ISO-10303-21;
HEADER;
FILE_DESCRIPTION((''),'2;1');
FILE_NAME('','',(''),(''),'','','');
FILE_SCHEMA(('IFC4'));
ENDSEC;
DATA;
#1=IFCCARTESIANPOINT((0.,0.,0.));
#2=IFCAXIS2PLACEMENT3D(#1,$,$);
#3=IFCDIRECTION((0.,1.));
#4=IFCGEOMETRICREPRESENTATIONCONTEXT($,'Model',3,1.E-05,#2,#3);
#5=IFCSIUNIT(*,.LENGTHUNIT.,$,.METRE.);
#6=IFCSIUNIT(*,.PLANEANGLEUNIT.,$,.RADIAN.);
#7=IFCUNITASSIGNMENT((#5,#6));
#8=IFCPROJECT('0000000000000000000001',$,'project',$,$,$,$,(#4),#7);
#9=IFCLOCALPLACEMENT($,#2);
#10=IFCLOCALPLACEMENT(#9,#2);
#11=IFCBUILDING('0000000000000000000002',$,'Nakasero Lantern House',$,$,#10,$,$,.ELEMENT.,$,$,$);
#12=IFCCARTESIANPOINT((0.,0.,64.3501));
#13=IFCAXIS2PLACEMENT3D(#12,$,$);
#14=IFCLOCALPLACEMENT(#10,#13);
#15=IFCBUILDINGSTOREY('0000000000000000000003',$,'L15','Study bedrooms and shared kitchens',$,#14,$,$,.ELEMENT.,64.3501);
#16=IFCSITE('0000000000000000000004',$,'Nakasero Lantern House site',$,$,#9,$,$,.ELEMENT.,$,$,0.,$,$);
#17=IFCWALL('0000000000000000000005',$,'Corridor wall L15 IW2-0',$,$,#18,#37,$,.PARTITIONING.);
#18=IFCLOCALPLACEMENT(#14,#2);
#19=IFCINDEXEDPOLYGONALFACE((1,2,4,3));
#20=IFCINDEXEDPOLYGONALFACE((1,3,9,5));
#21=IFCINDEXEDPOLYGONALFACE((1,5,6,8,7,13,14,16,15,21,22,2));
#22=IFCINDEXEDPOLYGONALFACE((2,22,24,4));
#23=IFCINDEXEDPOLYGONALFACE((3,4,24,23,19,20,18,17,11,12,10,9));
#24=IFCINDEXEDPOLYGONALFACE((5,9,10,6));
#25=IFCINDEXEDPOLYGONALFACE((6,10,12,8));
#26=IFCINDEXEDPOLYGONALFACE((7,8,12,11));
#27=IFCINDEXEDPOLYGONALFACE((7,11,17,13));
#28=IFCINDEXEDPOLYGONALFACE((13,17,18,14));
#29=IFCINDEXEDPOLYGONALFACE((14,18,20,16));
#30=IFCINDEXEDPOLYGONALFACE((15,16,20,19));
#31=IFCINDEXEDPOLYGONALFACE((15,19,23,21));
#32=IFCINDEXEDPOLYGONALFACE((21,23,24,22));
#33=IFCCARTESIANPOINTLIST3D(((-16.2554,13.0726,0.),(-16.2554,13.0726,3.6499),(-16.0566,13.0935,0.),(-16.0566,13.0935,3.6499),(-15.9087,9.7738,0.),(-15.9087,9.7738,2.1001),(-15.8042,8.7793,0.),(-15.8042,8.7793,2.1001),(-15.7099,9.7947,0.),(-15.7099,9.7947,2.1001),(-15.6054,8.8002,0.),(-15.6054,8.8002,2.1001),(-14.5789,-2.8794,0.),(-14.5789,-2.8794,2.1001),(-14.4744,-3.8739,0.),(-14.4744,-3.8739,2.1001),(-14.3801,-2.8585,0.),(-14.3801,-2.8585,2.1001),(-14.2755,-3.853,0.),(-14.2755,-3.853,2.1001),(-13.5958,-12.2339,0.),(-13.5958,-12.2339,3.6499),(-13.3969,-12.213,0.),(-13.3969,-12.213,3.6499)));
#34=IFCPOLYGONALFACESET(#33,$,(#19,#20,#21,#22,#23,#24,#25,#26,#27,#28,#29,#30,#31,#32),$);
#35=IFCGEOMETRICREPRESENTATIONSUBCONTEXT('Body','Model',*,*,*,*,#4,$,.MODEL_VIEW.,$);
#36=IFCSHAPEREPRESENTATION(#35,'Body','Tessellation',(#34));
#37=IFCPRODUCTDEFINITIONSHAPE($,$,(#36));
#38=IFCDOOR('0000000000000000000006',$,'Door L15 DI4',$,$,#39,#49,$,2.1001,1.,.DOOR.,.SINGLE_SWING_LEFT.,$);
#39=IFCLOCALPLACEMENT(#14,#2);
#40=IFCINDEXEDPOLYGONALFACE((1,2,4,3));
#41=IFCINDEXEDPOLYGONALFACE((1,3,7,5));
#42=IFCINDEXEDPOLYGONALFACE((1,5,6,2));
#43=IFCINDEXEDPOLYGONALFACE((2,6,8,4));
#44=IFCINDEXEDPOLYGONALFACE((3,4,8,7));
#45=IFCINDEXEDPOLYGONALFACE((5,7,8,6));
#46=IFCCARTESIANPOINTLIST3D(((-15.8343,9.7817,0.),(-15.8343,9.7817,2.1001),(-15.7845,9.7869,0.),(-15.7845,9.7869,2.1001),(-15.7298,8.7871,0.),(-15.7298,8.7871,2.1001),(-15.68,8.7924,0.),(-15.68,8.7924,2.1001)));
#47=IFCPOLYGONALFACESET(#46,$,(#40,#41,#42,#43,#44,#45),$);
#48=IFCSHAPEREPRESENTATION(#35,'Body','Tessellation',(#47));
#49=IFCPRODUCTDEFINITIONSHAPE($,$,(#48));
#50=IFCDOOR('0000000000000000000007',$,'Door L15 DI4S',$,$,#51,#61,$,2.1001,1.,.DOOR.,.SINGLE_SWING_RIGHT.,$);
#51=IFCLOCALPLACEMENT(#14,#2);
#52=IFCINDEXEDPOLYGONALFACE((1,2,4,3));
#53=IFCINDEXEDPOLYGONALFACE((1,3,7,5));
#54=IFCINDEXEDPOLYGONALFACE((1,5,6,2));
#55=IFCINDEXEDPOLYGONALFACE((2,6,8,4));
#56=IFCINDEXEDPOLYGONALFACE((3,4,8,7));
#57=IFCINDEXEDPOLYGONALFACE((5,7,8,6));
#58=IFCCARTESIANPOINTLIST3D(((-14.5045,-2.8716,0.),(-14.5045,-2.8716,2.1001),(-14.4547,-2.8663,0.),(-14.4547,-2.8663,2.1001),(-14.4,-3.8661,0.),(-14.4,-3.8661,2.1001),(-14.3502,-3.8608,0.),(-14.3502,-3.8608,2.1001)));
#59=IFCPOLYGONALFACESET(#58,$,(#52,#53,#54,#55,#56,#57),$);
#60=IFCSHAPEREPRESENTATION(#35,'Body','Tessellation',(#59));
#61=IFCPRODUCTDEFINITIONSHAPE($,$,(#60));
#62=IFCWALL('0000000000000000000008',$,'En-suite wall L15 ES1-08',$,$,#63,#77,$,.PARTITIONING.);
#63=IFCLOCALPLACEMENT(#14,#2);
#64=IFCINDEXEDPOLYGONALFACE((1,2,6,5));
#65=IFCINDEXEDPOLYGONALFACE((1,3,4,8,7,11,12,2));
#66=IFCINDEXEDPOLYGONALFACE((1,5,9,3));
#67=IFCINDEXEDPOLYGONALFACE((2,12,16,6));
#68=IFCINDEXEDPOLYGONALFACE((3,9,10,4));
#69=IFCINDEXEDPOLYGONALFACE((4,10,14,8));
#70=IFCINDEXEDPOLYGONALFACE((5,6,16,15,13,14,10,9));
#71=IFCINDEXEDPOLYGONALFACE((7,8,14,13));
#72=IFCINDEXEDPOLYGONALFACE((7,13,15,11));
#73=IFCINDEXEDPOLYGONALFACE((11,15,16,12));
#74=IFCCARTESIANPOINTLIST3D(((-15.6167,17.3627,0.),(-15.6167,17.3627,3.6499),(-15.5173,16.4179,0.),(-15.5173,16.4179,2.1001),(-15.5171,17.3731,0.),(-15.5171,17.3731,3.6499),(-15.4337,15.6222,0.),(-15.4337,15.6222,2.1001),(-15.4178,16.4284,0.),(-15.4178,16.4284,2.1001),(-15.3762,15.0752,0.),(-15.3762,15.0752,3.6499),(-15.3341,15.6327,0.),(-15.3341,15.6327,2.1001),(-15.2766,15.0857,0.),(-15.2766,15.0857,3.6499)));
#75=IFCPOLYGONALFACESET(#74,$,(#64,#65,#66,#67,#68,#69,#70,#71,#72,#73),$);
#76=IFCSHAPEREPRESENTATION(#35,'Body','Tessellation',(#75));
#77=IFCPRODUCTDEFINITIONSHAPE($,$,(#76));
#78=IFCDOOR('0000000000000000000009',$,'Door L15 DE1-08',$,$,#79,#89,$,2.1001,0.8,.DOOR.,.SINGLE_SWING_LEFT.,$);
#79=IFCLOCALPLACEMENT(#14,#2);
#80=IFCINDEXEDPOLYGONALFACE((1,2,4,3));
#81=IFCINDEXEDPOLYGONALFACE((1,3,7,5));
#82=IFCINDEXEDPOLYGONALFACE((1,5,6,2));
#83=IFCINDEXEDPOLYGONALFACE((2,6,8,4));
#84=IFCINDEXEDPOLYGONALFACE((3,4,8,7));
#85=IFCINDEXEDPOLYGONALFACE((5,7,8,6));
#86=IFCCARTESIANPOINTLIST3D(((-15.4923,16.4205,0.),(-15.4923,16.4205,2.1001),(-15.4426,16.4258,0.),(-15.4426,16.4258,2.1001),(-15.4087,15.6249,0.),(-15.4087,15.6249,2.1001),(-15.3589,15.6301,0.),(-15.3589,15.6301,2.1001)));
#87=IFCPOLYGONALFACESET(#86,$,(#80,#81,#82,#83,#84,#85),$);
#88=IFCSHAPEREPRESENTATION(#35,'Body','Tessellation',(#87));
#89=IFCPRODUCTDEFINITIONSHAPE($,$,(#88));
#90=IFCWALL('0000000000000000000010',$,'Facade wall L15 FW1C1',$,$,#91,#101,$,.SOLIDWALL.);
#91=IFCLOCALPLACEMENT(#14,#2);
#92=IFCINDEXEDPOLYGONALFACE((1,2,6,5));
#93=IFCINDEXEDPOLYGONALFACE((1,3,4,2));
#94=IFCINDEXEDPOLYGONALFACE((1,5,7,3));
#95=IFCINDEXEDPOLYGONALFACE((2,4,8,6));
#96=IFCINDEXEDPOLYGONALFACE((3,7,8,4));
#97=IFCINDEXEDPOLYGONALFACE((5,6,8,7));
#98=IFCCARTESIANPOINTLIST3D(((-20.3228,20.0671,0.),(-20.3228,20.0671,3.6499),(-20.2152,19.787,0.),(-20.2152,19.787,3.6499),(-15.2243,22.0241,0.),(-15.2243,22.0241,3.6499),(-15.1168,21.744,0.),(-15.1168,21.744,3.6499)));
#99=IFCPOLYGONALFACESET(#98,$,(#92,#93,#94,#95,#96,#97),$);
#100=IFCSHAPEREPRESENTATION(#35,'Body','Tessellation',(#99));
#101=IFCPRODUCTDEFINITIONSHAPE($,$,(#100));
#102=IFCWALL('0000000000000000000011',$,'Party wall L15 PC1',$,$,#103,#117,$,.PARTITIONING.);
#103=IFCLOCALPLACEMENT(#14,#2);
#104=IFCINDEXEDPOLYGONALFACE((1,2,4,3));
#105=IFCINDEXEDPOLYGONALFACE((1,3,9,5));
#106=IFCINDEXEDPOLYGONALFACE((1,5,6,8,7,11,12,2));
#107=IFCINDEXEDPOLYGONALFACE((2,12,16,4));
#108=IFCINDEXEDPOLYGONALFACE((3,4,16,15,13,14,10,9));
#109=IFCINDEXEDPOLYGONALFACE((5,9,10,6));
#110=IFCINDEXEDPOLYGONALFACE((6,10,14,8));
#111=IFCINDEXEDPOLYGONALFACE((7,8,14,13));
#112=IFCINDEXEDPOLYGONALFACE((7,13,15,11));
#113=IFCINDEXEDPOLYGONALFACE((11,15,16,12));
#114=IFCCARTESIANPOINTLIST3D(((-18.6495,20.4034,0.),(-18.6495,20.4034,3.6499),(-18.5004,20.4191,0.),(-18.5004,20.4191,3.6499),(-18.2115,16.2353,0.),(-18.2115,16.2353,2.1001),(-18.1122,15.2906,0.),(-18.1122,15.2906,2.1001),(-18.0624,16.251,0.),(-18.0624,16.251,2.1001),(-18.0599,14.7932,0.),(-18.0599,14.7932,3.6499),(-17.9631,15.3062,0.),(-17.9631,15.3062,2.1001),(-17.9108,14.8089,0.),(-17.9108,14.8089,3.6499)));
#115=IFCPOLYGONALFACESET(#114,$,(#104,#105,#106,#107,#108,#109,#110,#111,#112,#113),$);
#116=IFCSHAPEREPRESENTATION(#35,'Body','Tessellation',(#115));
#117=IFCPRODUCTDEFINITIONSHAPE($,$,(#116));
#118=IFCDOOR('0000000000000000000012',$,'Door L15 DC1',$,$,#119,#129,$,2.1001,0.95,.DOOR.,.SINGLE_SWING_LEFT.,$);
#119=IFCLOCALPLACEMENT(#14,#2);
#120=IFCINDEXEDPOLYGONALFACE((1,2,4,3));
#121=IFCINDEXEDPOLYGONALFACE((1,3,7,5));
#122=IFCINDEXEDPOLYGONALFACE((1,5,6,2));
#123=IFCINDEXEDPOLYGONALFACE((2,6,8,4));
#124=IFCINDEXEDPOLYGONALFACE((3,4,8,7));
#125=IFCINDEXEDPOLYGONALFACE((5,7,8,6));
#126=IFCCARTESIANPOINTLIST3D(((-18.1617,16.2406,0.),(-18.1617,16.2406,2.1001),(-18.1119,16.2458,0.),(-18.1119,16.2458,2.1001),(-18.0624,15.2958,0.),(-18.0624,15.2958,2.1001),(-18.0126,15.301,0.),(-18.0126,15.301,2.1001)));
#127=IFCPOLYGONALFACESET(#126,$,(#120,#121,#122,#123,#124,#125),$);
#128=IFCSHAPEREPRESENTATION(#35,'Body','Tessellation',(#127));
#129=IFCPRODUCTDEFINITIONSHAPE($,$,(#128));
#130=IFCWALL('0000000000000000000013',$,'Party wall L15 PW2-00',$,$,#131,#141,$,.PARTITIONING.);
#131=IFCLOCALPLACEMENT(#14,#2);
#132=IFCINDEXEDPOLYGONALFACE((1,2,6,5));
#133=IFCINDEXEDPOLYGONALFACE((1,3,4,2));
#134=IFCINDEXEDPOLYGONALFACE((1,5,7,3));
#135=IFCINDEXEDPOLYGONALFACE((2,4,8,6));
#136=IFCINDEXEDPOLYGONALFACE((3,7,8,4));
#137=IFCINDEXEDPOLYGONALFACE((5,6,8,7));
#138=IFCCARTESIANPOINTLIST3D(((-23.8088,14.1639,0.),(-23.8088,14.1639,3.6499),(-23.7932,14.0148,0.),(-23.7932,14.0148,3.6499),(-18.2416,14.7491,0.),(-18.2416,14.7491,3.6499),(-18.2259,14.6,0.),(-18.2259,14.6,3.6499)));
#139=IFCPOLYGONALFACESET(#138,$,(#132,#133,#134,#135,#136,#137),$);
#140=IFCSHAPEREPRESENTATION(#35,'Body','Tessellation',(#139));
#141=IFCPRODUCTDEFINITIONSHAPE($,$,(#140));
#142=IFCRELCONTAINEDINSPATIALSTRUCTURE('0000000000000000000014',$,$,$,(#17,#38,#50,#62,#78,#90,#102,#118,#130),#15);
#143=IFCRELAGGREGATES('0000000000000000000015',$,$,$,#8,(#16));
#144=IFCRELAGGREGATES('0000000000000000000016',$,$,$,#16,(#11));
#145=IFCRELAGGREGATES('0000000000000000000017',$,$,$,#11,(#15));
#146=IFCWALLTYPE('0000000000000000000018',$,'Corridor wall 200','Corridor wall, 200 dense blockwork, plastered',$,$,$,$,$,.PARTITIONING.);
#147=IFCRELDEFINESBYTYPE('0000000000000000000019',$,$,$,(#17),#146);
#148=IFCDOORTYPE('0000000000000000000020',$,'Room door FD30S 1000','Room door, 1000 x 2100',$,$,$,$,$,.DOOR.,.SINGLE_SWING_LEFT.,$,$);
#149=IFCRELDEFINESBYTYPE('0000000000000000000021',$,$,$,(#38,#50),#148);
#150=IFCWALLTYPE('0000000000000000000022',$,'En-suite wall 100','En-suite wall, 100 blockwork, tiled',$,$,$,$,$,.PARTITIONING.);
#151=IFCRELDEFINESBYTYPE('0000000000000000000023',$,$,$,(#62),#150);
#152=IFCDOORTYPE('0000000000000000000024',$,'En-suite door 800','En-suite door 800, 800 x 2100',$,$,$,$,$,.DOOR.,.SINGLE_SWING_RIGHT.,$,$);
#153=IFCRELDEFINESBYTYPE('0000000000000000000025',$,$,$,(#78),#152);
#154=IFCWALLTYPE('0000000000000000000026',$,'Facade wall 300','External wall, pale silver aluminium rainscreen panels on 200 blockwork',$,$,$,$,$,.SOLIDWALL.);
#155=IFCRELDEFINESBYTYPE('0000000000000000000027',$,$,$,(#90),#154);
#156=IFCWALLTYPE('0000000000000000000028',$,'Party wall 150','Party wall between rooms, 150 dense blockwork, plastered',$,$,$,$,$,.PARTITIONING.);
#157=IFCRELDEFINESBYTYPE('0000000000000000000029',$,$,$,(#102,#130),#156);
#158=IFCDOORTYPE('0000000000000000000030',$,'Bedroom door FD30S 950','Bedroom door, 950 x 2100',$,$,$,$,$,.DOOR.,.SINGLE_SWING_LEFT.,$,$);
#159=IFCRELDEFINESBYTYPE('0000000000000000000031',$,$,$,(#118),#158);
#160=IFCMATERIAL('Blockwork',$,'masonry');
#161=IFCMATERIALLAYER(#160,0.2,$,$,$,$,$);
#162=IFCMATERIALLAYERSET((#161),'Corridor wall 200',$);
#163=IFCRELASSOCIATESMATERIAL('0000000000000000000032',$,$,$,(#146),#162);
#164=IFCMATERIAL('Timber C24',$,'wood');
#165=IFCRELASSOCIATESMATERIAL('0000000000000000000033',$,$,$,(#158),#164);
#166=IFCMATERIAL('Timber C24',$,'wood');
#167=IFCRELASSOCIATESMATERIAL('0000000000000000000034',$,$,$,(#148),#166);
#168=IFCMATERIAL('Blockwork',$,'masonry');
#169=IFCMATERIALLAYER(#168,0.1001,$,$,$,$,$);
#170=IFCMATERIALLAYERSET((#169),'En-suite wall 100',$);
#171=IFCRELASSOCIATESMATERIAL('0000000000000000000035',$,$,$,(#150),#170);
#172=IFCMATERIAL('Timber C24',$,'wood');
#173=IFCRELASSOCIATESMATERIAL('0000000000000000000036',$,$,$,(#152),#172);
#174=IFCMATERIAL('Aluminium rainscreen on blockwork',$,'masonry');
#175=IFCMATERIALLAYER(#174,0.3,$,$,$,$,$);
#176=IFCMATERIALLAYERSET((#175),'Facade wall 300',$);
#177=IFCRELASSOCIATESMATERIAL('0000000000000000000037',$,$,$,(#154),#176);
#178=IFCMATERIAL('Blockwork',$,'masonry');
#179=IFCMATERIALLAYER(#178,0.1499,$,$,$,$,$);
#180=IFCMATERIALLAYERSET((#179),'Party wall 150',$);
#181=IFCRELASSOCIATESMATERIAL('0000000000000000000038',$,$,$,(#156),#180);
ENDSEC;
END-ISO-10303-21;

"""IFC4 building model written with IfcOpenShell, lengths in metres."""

from ifc_helpers import new_model, si_unit, direction, frame, frame_2d, origin, place, context, subcontext, project, spatial, rectangle, extrude, material, layer, layer_set, type_object, element, fill, save


model = new_model("IFC4")

# Units and contexts
model_context = context("Model", 3, precision=1e-05, world=origin(), true_north=direction((0.0, 1.0)))
body_context = subcontext(model_context, "Body", "Model", "MODEL_VIEW")
ifc_project = project(units=[si_unit("LENGTHUNIT", "METRE"), si_unit("PLANEANGLEUNIT", "RADIAN")], contexts=[model_context])

# Site, building, storey
site_placement = place(None, origin())
site = spatial("IfcSite", under=ifc_project, at=site_placement, Name="Nakasero Lantern House site", CompositionType="ELEMENT", RefElevation=0.0)
building_placement = place(site_placement, origin())
building = spatial("IfcBuilding", under=site, at=building_placement, Name="Nakasero Lantern House", CompositionType="ELEMENT")
storey_placement = place(building_placement, frame((0.0, 0.0, 64.3501)))
storey = spatial("IfcBuildingStorey", under=building, at=storey_placement, Name="L15", Description="Study bedrooms and shared kitchens", CompositionType="ELEMENT", Elevation=64.3501)

# Shared definitions
ifc_material_1 = material(Name="Blockwork", Category="masonry")
ifc_layer_1 = layer(ifc_material_1, 0.2)
ifc_layer_set_1 = layer_set([ifc_layer_1], Name="Corridor wall 200")
wall_type_1 = type_object("IfcWallType", Name="Corridor wall 200", Description="Corridor wall, 200 dense blockwork, plastered", PredefinedType="PARTITIONING", material=ifc_layer_set_1)
ifc_material_2 = material(Name="Timber C24", Category="wood")
door_type_1 = type_object("IfcDoorType", Name="Bedroom door FD30S 950", Description="Bedroom door, 950 x 2100", OperationType="SINGLE_SWING_LEFT", PredefinedType="DOOR", material=ifc_material_2)

# Wall, openings, doors
wall_1_placement = place(storey_placement, frame((-16.156, 13.083, 0.0), z_axis=(0.0, 0.0, 1.0), x_axis=(0.104523, -0.994522, 0.0)))
wall_1 = element("IfcWall", 1, at=wall_1_placement, inside=storey, type_object=wall_type_1, Name="Corridor wall L15 IW2-0", PredefinedType="PARTITIONING", context=body_context, shape_type="SweptSolid", body=[
    extrude(rectangle(XDim=25.4458, YDim=0.2, at=frame_2d((12.7229, 0.0))), origin(), (0.0, 0.0, 1.0), 3.6499),
])
opening_1_placement = place(wall_1_placement, frame((3.3169, 0.0, 0.0)))
opening_1 = element("IfcOpeningElement", 2, at=opening_1_placement, cuts=wall_1, PredefinedType="OPENING", context=body_context, shape_type="SweptSolid", body=[
    extrude(rectangle(XDim=1.0, YDim=2.1001, at=frame_2d((0.5, 1.05))), frame((0.0, 0.1199, 0.0), z_axis=(0.0, -1.0, 0.0), x_axis=(1.0, 0.0, 0.0)), (0.0, 0.0, 1.0), 0.24),
])
opening_2_placement = place(wall_1_placement, frame((16.0398, 0.0, 0.0)))
opening_2 = element("IfcOpeningElement", 3, at=opening_2_placement, cuts=wall_1, PredefinedType="OPENING", context=body_context, shape_type="SweptSolid", body=[
    extrude(rectangle(XDim=1.0, YDim=2.1001, at=frame_2d((0.5, 1.05))), frame((0.0, 0.1199, 0.0), z_axis=(0.0, -1.0, 0.0), x_axis=(1.0, 0.0, 0.0)), (0.0, 0.0, 1.0), 0.24),
])
ifc_material_3 = material(Name="Timber C24", Category="wood")
door_type_2 = type_object("IfcDoorType", Name="Room door FD30S 1000", Description="Room door, 1000 x 2100", OperationType="SINGLE_SWING_LEFT", PredefinedType="DOOR", material=ifc_material_3)
door_1_placement = place(opening_1_placement, origin())
door_1 = element("IfcDoor", 4, at=door_1_placement, inside=storey, type_object=door_type_2, Name="Door L15 DI4", OperationType="SINGLE_SWING_LEFT", OverallHeight=2.1001, OverallWidth=1.0, PredefinedType="DOOR", context=body_context, shape_type="SweptSolid", body=[
    extrude(rectangle(XDim=1.0, YDim=2.1001, at=frame_2d((0.5, 1.05))), frame((0.0, 0.0249, 0.0), z_axis=(0.0, -1.0, 0.0), x_axis=(1.0, 0.0, 0.0)), (0.0, 0.0, 1.0), 0.05),
])
fill(opening_1, door_1)
door_2_placement = place(opening_2_placement, origin())
door_2 = element("IfcDoor", 5, at=door_2_placement, inside=storey, type_object=door_type_2, Name="Door L15 DI4S", OperationType="SINGLE_SWING_RIGHT", OverallHeight=2.1001, OverallWidth=1.0, PredefinedType="DOOR", context=body_context, shape_type="SweptSolid", body=[
    extrude(rectangle(XDim=1.0, YDim=2.1001, at=frame_2d((0.5, 1.05))), frame((0.0, 0.0249, 0.0), z_axis=(0.0, -1.0, 0.0), x_axis=(1.0, 0.0, 0.0)), (0.0, 0.0, 1.0), 0.05),
])
fill(opening_2, door_2)

# Wall, opening, door
ifc_material_4 = material(Name="Blockwork", Category="masonry")
ifc_layer_2 = layer(ifc_material_4, 0.1001)
ifc_layer_set_2 = layer_set([ifc_layer_2], Name="En-suite wall 100")
wall_type_2 = type_object("IfcWallType", Name="En-suite wall 100", Description="En-suite wall, 100 blockwork, tiled", PredefinedType="PARTITIONING", material=ifc_layer_set_2)
wall_2_placement = place(storey_placement, frame((-15.3264, 15.0806, 0.0), z_axis=(0.0, 0.0, 1.0), x_axis=(-0.104558, 0.994519, 0.0)))
wall_2 = element("IfcWall", 6, at=wall_2_placement, inside=storey, type_object=wall_type_2, Name="En-suite wall L15 ES1-08", PredefinedType="PARTITIONING", context=body_context, shape_type="SweptSolid", body=[
    extrude(rectangle(XDim=2.3, YDim=0.1001, at=frame_2d((1.1499, 0.0))), origin(), (0.0, 0.0, 1.0), 3.6499),
])
opening_3_placement = place(wall_2_placement, frame((0.55, 0.0, 0.0)))
opening_3 = element("IfcOpeningElement", 7, at=opening_3_placement, cuts=wall_2, PredefinedType="OPENING", context=body_context, shape_type="SweptSolid", body=[
    extrude(rectangle(XDim=0.8, YDim=2.1001, at=frame_2d((0.3999, 1.05))), frame((0.0, 0.0701, 0.0), z_axis=(0.0, -1.0, 0.0), x_axis=(1.0, 0.0, 0.0)), (0.0, 0.0, 1.0), 0.1401),
])
ifc_material_5 = material(Name="Timber C24", Category="wood")
door_type_3 = type_object("IfcDoorType", Name="En-suite door 800", Description="En-suite door 800, 800 x 2100", OperationType="SINGLE_SWING_RIGHT", PredefinedType="DOOR", material=ifc_material_5)
door_3_placement = place(opening_3_placement, origin())
door_3 = element("IfcDoor", 8, at=door_3_placement, inside=storey, type_object=door_type_3, Name="Door L15 DE1-08", OperationType="SINGLE_SWING_LEFT", OverallHeight=2.1001, OverallWidth=0.8, PredefinedType="DOOR", context=body_context, shape_type="SweptSolid", body=[
    extrude(rectangle(XDim=0.8, YDim=2.1001, at=frame_2d((0.3999, 1.05))), frame((0.0, 0.0249, 0.0), z_axis=(0.0, -1.0, 0.0), x_axis=(1.0, 0.0, 0.0)), (0.0, 0.0, 1.0), 0.05),
])
fill(opening_3, door_3)

# Wall
ifc_material_6 = material(Name="Aluminium rainscreen on blockwork", Category="masonry")
ifc_layer_3 = layer(ifc_material_6, 0.3)
ifc_layer_set_3 = layer_set([ifc_layer_3], Name="Facade wall 300")
wall_type_3 = type_object("IfcWallType", Name="Facade wall 300", Description="External wall, pale silver aluminium rainscreen panels on 200 blockwork", PredefinedType="SOLIDWALL", material=ifc_layer_set_3)
wall_3_placement = place(storey_placement, frame((-15.1707, 21.884, 0.0), z_axis=(0.0, 0.0, 1.0), x_axis=(-0.933584, -0.358359, 0.0)))
element("IfcWall", 9, at=wall_3_placement, inside=storey, type_object=wall_type_3, Name="Facade wall L15 FW1C1", PredefinedType="SOLIDWALL", context=body_context, shape_type="SweptSolid", body=[
    extrude(rectangle(XDim=5.4612, YDim=0.3, at=frame_2d((2.7305, 0.0))), origin(), (0.0, 0.0, 1.0), 3.6499),
])

# Wall, opening, door
ifc_material_7 = material(Name="Blockwork", Category="masonry")
ifc_layer_4 = layer(ifc_material_7, 0.1499)
ifc_layer_set_4 = layer_set([ifc_layer_4], Name="Party wall 150")
wall_type_4 = type_object("IfcWallType", Name="Party wall 150", Description="Party wall between rooms, 150 dense blockwork, plastered", PredefinedType="PARTITIONING", material=ifc_layer_set_4)
wall_4_placement = place(storey_placement, frame((-17.9854, 14.801, 0.0), z_axis=(0.0, 0.0, 1.0), x_axis=(-0.10452, 0.994523, 0.0)))
wall_4 = element("IfcWall", 10, at=wall_4_placement, inside=storey, type_object=wall_type_4, Name="Party wall L15 PC1", PredefinedType="PARTITIONING", context=body_context, shape_type="SweptSolid", body=[
    extrude(rectangle(XDim=5.6411, YDim=0.1499, at=frame_2d((2.8206, 0.0))), origin(), (0.0, 0.0, 1.0), 3.6499),
])
opening_4_placement = place(wall_4_placement, frame((0.5, 0.0, 0.0)))
opening_4 = element("IfcOpeningElement", 11, at=opening_4_placement, cuts=wall_4, PredefinedType="OPENING", context=body_context, shape_type="SweptSolid", body=[
    extrude(rectangle(XDim=0.95, YDim=2.1001, at=frame_2d((0.4751, 1.05))), frame((0.0, 0.095, 0.0), z_axis=(0.0, -1.0, 0.0), x_axis=(1.0, 0.0, 0.0)), (0.0, 0.0, 1.0), 0.1899),
])
door_4_placement = place(opening_4_placement, origin())
door_4 = element("IfcDoor", 12, at=door_4_placement, inside=storey, type_object=door_type_1, Name="Door L15 DC1", OperationType="SINGLE_SWING_LEFT", OverallHeight=2.1001, OverallWidth=0.95, PredefinedType="DOOR", context=body_context, shape_type="SweptSolid", body=[
    extrude(rectangle(XDim=0.95, YDim=2.1001, at=frame_2d((0.4751, 1.05))), frame((0.0, 0.0249, 0.0), z_axis=(0.0, -1.0, 0.0), x_axis=(1.0, 0.0, 0.0)), (0.0, 0.0, 1.0), 0.05),
])
fill(opening_4, door_4)

# Wall
wall_5_placement = place(storey_placement, frame((-18.2339, 14.6746, 0.0), z_axis=(0.0, 0.0, 1.0), x_axis=(-0.99452, -0.104542, 0.0)))
element("IfcWall", 13, at=wall_5_placement, inside=storey, type_object=wall_type_4, Name="Party wall L15 PW2-00", PredefinedType="PARTITIONING", context=body_context, shape_type="SweptSolid", body=[
    extrude(rectangle(XDim=5.5979, YDim=0.1499, at=frame_2d((2.7988, 0.0))), origin(), (0.0, 0.0, 1.0), 3.6499),
])

save(model, "model.ifc")
